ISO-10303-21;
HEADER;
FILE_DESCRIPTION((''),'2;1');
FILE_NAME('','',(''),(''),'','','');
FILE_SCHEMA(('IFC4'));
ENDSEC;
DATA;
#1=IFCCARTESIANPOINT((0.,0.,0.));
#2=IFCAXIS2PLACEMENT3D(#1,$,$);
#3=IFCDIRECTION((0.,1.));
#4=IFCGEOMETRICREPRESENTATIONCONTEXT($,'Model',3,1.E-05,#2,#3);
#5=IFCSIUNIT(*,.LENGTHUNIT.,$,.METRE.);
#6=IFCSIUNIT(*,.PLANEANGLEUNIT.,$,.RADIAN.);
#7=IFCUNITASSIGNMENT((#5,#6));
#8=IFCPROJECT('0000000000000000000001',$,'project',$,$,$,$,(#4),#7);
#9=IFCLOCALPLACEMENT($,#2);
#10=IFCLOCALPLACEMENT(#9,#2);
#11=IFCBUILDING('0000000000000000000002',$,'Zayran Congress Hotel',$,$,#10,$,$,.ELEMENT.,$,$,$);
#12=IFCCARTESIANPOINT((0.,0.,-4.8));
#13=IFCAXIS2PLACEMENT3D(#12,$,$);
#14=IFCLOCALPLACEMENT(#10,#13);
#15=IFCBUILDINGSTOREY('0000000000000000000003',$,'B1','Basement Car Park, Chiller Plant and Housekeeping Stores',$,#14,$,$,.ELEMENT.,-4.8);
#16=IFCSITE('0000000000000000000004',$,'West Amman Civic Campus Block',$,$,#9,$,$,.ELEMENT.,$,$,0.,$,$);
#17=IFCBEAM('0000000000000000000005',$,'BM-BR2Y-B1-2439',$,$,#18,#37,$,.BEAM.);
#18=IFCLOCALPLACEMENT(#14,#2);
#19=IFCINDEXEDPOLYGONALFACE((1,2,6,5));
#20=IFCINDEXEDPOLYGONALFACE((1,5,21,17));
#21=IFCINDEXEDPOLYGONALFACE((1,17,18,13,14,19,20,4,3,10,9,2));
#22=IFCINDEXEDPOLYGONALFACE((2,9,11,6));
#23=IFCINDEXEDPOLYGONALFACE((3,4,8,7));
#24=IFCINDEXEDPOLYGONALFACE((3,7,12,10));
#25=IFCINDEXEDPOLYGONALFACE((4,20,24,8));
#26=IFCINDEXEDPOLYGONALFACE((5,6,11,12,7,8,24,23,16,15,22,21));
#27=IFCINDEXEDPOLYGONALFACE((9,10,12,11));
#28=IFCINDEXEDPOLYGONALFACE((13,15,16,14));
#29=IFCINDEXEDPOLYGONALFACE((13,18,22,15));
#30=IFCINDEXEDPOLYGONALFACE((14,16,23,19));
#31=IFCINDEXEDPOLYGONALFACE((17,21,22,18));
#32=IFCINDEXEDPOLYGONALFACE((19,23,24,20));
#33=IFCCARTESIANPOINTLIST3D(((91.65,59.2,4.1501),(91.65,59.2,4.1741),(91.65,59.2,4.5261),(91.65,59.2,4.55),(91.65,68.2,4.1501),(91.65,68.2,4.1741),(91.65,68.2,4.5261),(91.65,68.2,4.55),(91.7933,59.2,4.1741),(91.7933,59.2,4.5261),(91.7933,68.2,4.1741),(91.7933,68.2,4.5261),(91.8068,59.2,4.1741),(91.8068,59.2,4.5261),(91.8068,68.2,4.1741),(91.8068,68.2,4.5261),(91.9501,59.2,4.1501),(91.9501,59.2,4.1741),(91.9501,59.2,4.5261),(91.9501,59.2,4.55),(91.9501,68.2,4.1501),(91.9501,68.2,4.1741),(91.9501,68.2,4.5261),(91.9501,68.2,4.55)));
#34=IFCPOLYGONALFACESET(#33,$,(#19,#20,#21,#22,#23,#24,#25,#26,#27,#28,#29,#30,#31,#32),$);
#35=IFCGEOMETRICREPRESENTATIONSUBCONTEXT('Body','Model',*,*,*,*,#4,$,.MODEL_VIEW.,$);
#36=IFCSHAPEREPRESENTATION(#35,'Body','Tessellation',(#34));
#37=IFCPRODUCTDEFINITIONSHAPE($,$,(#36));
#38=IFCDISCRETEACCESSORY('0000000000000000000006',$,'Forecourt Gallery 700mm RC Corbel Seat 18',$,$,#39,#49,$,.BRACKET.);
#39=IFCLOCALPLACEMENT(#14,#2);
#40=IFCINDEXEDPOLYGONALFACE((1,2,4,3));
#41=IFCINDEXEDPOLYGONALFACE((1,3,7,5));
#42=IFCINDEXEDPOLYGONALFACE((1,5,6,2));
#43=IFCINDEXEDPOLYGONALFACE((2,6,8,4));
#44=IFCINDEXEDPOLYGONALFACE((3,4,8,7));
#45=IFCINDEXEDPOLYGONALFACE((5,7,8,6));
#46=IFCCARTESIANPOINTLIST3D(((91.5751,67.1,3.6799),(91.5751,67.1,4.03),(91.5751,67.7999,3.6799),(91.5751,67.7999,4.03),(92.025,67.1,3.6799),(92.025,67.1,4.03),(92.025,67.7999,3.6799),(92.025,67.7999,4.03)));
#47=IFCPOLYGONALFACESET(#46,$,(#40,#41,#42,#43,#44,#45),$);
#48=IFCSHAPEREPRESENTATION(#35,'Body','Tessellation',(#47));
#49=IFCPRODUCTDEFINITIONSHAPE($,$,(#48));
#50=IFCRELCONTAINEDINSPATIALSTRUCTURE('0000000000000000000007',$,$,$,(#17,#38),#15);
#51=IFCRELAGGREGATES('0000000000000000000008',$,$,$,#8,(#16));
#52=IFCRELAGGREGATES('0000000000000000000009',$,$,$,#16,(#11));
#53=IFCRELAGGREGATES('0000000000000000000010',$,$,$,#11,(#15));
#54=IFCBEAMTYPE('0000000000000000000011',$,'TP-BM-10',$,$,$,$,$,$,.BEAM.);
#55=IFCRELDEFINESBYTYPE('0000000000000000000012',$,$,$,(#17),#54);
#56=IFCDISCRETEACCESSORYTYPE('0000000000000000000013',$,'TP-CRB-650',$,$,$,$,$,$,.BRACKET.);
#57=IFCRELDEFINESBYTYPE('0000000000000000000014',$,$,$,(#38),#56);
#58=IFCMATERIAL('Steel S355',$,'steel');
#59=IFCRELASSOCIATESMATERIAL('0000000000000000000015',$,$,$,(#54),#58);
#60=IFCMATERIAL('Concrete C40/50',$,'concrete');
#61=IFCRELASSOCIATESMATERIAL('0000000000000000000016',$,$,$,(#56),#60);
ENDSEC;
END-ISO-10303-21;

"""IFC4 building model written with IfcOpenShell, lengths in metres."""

from ifc_helpers import new_model, si_unit, direction, frame, origin, origin_2d, place, context, subcontext, project, spatial, rectangle, i_section, extrude, material, material_profile, profile_set, type_object, element, save


model = new_model("IFC4")

# Units and contexts
model_context = context("Model", 3, precision=1e-05, world=origin(), true_north=direction((0.0, 1.0)))
body_context = subcontext(model_context, "Body", "Model", "MODEL_VIEW")
ifc_project = project(units=[si_unit("LENGTHUNIT", "METRE"), si_unit("PLANEANGLEUNIT", "RADIAN")], contexts=[model_context])

# Site, building, storey
site_placement = place(None, origin())
site = spatial("IfcSite", under=ifc_project, at=site_placement, Name="West Amman Civic Campus Block", CompositionType="ELEMENT", RefElevation=0.0)
building_placement = place(site_placement, origin())
building = spatial("IfcBuilding", under=site, at=building_placement, Name="Zayran Congress Hotel", CompositionType="ELEMENT")
storey_placement = place(building_placement, frame((0.0, 0.0, -4.8)))
storey = spatial("IfcBuildingStorey", under=building, at=storey_placement, Name="B1", Description="Basement Car Park, Chiller Plant and Housekeeping Stores", CompositionType="ELEMENT", Elevation=-4.8)

# Shared definitions
ifc_material_1 = material(Name="Concrete C40/50", Category="concrete")

# Beam
ifc_material_2 = material(Name="Steel S355", Category="steel")
ifc_material_profile_1 = material_profile(ifc_material_2, i_section(OverallWidth=0.3, OverallDepth=0.3999, WebThickness=0.0134, FlangeThickness=0.0239, at=origin_2d()), Name="HEB 400")
ifc_profile_set_1 = profile_set([ifc_material_profile_1], Name="Steel S355")
beam_type_1 = type_object("IfcBeamType", Name="TP-BM-10", PredefinedType="BEAM", material=ifc_profile_set_1)
beam_1_placement = place(storey_placement, frame((91.8, 59.2, 4.3501), z_axis=(0.0, 1.0, 0.0), x_axis=(-1.0, 0.0, 0.0)))
element("IfcBeam", 1, at=beam_1_placement, inside=storey, type_object=beam_type_1, Name="BM-BR2Y-B1-2439", PredefinedType="BEAM", context=body_context, shape_type="SweptSolid", body=[
    extrude(i_section(OverallWidth=0.3, OverallDepth=0.3999, WebThickness=0.0134, FlangeThickness=0.0239, at=origin_2d()), origin(), (0.0, 0.0, 1.0), 9.0),
])

# Discrete accessory
discrete_accessory_type = type_object("IfcDiscreteAccessoryType", Name="TP-CRB-650", PredefinedType="BRACKET", material=ifc_material_1)
discrete_accessory_placement = place(storey_placement, frame((91.8, 67.45, 3.6799), z_axis=(0.0, 0.0, 1.0), x_axis=(0.0, 1.0, 0.0)))
element("IfcDiscreteAccessory", 2, at=discrete_accessory_placement, inside=storey, type_object=discrete_accessory_type, Name="Forecourt Gallery 700mm RC Corbel Seat 18", PredefinedType="BRACKET", context=body_context, shape_type="SweptSolid", body=[
    extrude(rectangle(XDim=0.7, YDim=0.45, at=origin_2d()), origin(), (0.0, 0.0, 1.0), 0.3501),
])

save(model, "model.ifc")
